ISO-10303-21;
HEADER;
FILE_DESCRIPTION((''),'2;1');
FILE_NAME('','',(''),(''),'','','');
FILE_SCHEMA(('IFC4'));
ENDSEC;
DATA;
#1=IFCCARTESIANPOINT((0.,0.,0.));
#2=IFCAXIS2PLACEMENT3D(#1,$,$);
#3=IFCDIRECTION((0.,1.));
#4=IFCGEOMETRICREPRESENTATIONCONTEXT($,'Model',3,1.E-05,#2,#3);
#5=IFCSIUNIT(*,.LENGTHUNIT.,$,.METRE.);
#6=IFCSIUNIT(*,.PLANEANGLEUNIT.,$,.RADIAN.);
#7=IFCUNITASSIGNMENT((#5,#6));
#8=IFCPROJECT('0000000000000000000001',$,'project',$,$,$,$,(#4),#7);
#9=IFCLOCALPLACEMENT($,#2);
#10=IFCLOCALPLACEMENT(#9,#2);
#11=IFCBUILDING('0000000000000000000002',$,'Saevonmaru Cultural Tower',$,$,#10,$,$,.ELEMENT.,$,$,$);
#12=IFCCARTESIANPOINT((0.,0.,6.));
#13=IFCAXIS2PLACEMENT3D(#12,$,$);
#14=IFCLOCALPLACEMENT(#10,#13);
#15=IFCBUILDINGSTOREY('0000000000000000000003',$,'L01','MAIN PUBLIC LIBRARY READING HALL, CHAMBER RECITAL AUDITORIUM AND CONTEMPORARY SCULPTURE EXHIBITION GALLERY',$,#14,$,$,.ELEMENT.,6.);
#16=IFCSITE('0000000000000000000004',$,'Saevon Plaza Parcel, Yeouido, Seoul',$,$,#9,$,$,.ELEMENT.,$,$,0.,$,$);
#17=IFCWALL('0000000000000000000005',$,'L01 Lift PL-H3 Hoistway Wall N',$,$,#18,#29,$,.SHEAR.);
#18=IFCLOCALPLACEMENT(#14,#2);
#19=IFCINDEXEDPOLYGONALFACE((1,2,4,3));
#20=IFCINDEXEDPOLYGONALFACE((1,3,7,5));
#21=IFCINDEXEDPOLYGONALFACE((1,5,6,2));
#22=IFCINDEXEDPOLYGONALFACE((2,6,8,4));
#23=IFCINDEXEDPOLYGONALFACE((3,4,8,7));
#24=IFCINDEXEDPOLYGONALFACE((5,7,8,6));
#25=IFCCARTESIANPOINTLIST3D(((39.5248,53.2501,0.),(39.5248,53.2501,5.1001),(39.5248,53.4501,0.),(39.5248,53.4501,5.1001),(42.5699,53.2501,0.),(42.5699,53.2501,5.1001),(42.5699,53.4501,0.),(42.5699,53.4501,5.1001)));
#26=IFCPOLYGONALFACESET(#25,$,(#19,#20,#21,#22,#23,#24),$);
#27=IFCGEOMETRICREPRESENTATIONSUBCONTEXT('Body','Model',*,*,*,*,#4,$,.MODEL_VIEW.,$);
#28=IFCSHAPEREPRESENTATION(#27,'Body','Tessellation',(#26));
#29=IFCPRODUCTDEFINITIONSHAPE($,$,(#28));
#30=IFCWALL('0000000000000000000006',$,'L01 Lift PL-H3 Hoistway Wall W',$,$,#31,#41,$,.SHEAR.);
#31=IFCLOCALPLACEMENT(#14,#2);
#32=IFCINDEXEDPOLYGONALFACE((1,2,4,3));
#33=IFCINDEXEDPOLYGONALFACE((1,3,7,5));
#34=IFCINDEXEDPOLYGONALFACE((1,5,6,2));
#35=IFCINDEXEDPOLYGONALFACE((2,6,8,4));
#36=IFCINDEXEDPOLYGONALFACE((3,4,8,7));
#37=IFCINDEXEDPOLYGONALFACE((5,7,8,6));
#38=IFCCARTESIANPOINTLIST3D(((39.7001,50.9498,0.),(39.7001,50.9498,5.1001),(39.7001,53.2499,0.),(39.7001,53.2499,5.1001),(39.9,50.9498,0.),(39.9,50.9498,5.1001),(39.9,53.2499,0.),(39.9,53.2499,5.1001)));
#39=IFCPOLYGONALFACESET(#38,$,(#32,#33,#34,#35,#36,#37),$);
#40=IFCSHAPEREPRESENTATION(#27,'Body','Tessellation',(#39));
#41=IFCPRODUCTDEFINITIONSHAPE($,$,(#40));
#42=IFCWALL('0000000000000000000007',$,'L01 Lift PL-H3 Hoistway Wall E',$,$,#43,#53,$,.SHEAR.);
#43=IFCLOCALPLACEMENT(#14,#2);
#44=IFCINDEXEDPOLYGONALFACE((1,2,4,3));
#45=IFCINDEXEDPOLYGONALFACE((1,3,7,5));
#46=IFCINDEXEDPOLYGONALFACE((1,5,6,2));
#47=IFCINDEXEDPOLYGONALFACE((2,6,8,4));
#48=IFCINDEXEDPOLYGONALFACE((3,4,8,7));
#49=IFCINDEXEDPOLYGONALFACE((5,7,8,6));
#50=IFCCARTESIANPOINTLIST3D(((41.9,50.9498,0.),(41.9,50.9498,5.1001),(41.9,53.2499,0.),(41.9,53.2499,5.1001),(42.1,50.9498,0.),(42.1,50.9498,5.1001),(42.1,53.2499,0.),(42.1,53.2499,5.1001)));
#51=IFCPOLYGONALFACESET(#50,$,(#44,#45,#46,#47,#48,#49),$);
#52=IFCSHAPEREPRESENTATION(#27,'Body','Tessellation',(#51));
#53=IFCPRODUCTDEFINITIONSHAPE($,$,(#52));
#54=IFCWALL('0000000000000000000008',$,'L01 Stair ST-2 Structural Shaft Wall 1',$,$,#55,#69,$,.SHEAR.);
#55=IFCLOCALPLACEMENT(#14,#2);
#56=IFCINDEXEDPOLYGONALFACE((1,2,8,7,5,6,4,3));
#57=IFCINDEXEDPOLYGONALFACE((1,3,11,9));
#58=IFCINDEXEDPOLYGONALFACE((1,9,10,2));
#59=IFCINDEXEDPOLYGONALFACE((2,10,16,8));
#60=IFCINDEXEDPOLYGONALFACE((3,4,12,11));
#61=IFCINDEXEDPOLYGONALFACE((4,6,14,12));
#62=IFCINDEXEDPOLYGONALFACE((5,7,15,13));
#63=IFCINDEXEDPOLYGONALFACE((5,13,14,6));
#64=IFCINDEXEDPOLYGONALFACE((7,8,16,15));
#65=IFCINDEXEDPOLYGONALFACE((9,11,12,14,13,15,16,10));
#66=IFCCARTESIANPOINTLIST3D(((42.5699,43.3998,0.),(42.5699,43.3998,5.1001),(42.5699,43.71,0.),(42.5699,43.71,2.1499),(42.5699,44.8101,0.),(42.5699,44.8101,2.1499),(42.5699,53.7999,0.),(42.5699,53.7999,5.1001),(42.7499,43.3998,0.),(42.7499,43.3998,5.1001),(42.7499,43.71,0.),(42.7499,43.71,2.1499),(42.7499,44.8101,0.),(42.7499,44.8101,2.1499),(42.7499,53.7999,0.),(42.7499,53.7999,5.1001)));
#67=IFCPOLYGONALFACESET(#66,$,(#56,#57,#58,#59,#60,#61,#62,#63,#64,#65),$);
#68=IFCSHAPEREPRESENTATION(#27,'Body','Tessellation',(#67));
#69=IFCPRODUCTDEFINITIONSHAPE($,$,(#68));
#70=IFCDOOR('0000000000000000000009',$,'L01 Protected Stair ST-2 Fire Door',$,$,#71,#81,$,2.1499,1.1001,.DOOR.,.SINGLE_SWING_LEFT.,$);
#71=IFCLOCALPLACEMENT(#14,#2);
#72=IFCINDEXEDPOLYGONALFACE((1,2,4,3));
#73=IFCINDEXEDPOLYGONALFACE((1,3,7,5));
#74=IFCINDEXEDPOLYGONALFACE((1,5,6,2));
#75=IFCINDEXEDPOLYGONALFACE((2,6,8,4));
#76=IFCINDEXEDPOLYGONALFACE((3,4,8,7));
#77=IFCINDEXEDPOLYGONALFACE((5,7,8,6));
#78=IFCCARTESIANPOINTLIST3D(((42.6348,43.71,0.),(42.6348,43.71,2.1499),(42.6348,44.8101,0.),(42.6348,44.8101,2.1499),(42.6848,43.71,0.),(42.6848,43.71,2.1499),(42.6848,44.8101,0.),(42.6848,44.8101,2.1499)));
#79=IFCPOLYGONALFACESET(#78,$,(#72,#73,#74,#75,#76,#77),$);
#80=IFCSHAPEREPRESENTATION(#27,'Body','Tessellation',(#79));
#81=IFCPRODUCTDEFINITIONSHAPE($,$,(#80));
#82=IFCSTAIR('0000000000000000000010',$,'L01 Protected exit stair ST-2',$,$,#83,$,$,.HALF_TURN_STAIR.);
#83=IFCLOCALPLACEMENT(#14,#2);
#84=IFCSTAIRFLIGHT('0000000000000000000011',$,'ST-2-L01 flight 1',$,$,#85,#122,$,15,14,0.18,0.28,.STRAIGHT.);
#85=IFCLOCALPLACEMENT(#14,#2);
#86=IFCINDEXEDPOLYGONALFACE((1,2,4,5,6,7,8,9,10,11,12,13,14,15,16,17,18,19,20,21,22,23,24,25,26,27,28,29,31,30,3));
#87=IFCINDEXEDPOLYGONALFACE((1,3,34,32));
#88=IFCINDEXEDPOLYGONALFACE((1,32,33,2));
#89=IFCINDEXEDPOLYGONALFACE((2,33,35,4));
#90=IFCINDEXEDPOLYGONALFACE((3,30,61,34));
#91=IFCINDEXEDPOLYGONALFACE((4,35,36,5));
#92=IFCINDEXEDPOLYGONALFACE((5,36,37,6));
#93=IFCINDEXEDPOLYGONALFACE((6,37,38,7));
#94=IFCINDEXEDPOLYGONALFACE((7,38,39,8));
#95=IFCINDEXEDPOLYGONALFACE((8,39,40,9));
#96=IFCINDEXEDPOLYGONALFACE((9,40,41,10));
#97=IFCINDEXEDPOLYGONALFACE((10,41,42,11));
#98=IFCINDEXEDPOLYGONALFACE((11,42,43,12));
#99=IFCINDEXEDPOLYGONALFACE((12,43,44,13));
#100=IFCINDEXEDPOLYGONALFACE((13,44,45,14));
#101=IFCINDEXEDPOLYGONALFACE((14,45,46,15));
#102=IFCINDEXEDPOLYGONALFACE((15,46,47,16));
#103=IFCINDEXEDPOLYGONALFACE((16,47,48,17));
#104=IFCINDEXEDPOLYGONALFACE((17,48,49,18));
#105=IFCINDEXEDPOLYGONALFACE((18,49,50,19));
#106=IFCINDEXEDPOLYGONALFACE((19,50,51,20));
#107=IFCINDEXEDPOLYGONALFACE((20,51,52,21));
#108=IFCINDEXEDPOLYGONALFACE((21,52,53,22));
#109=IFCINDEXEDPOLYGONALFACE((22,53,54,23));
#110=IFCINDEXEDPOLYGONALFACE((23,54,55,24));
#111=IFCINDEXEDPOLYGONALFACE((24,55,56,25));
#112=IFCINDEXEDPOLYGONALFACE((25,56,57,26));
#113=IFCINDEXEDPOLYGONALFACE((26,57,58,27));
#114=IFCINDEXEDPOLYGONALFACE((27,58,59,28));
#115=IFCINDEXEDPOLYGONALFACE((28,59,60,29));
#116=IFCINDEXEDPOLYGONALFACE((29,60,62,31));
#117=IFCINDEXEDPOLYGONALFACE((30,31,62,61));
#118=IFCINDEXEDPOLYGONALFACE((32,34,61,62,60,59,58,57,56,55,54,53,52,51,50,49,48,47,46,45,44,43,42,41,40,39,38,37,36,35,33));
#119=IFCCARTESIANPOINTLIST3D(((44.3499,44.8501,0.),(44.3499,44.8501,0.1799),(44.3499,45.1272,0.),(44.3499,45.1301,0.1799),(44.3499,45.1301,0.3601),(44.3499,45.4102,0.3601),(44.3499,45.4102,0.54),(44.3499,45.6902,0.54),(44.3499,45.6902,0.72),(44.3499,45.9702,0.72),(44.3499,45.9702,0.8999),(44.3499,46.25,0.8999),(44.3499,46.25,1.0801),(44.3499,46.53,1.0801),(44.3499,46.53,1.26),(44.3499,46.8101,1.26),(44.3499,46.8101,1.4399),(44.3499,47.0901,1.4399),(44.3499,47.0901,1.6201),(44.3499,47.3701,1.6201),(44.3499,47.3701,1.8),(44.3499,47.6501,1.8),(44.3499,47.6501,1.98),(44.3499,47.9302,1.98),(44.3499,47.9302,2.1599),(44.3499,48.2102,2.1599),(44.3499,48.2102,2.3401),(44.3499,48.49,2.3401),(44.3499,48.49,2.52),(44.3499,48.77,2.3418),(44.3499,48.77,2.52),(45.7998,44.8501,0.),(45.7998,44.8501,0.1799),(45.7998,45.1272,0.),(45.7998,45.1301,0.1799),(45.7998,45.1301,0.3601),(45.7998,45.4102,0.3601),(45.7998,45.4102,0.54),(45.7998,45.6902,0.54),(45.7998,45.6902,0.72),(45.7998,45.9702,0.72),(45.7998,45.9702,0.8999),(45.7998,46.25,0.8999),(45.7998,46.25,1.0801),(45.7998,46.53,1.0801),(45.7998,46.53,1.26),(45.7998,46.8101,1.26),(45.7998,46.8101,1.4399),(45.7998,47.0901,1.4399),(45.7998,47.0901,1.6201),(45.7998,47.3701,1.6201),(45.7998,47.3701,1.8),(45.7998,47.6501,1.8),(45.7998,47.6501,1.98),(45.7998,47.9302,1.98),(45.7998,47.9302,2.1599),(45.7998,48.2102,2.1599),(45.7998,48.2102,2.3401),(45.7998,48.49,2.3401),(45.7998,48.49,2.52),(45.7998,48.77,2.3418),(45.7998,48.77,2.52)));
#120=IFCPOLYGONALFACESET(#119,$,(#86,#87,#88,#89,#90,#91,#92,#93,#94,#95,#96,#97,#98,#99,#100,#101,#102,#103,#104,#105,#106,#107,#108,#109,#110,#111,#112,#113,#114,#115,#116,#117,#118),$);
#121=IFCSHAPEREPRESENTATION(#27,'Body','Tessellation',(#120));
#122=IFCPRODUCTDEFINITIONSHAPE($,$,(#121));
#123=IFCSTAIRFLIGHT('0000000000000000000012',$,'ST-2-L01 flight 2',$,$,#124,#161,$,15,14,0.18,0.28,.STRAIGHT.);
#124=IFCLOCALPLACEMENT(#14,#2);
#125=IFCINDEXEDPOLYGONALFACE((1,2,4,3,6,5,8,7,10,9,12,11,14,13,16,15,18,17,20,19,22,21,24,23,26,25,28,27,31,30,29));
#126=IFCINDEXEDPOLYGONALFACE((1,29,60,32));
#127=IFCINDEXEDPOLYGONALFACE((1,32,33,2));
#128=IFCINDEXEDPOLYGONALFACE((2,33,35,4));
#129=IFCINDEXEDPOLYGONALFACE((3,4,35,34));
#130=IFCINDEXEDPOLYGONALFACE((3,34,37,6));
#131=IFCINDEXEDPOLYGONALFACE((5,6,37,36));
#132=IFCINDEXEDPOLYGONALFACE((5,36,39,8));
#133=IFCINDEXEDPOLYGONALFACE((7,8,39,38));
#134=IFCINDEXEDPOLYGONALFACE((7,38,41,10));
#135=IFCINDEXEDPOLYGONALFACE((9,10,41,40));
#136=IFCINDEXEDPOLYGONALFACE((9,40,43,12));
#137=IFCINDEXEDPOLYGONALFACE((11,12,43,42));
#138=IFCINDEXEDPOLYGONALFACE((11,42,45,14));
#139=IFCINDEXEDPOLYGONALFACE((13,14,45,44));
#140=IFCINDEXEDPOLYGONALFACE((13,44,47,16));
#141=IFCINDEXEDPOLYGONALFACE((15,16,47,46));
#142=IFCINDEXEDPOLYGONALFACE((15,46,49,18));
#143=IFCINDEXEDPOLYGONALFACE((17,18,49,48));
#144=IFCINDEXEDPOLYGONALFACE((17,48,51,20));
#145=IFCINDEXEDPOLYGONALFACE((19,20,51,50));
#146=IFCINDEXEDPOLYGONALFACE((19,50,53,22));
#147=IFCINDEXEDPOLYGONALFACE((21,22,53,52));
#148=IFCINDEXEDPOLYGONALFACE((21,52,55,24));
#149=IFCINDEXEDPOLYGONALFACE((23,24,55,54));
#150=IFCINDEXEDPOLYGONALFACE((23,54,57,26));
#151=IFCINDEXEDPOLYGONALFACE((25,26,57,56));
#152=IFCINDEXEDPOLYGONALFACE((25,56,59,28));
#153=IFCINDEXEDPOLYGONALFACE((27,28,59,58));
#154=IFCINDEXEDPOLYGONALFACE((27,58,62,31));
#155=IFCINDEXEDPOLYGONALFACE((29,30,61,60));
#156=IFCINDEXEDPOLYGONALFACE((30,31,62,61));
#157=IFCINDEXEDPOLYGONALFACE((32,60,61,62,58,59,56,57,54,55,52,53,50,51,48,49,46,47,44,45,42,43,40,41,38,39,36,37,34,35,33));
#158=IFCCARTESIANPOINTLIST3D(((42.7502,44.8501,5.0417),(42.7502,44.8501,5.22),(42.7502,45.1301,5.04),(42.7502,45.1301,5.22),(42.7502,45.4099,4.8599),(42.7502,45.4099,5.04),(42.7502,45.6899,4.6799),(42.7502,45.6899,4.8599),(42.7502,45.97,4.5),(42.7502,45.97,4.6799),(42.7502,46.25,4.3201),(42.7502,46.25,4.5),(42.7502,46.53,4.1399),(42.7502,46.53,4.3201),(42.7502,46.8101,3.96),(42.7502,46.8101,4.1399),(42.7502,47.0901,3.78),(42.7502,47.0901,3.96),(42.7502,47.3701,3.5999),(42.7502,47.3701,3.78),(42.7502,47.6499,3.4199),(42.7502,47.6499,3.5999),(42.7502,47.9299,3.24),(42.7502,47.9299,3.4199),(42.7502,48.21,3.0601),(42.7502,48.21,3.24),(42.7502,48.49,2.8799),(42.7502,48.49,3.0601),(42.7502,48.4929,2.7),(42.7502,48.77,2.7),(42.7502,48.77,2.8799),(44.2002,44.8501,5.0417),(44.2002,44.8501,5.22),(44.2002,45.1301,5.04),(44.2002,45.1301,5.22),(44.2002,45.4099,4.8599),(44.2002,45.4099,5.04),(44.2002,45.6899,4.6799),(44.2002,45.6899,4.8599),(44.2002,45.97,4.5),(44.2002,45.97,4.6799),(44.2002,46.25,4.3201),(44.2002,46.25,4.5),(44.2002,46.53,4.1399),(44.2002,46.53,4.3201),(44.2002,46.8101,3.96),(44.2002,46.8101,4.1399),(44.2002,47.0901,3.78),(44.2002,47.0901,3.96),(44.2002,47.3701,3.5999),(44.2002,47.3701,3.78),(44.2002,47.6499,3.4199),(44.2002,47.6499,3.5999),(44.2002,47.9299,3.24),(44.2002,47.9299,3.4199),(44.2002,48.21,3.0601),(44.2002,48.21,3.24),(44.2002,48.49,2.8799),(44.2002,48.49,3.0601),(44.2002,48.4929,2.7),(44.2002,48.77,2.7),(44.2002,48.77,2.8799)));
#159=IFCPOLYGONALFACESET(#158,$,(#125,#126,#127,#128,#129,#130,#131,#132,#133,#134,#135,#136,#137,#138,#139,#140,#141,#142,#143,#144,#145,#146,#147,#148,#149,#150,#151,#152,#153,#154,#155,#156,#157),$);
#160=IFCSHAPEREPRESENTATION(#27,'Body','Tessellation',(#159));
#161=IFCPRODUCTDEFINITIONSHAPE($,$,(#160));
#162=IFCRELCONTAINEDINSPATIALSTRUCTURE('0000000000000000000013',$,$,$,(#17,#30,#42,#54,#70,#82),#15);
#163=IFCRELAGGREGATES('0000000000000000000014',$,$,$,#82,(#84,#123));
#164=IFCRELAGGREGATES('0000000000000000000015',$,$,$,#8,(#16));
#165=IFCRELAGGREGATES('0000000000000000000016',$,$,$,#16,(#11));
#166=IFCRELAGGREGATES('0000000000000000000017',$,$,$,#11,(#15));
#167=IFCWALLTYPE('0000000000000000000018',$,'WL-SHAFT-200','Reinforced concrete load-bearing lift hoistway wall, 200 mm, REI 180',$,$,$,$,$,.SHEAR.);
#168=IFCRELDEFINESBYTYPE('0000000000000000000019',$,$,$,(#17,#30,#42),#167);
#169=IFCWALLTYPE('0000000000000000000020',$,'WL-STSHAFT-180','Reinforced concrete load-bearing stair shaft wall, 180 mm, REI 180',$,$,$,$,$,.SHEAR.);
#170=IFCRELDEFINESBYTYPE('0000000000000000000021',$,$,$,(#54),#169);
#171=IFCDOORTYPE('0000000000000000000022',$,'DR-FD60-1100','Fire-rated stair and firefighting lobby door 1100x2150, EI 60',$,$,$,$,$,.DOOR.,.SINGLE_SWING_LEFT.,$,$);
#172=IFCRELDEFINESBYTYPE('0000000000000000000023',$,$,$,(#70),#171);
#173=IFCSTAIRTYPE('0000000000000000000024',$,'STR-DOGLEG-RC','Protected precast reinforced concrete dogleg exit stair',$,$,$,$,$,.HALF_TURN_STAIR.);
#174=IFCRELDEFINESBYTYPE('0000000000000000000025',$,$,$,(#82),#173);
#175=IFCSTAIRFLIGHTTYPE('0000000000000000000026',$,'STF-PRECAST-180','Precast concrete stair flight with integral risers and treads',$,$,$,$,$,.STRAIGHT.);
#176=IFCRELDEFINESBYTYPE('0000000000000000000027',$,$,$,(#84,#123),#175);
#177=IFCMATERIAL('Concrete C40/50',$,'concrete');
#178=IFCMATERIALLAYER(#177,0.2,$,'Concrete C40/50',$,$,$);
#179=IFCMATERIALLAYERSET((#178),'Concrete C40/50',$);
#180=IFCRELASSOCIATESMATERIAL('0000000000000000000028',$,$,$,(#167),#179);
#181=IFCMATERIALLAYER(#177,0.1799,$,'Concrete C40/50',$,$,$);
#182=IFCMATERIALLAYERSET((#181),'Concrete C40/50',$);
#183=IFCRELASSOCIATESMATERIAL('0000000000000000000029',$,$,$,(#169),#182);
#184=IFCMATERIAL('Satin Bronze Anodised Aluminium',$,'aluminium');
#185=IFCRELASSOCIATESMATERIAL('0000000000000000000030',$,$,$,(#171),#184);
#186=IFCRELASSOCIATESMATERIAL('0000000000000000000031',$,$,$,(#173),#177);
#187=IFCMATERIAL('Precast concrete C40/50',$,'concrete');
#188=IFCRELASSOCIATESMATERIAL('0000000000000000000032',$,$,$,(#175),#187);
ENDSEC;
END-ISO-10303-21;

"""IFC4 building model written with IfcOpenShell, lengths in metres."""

from ifc_helpers import new_model, si_unit, direction, frame, frame_2d, origin, place, context, subcontext, project, spatial, polyline, rectangle, outline, extrude, material, layer, layer_set, type_object, element, fill, aggregate, save


model = new_model("IFC4")

# Units and contexts
model_context = context("Model", 3, precision=1e-05, world=origin(), true_north=direction((0.0, 1.0)))
body_context = subcontext(model_context, "Body", "Model", "MODEL_VIEW")
ifc_project = project(units=[si_unit("LENGTHUNIT", "METRE"), si_unit("PLANEANGLEUNIT", "RADIAN")], contexts=[model_context])

# Site, building, storey
site_placement = place(None, origin())
site = spatial("IfcSite", under=ifc_project, at=site_placement, Name="Saevon Plaza Parcel, Yeouido, Seoul", CompositionType="ELEMENT", RefElevation=0.0)
building_placement = place(site_placement, origin())
building = spatial("IfcBuilding", under=site, at=building_placement, Name="Saevonmaru Cultural Tower", CompositionType="ELEMENT")
storey_placement = place(building_placement, frame((0.0, 0.0, 6.0)))
storey = spatial("IfcBuildingStorey", under=building, at=storey_placement, Name="L01", Description="MAIN PUBLIC LIBRARY READING HALL, CHAMBER RECITAL AUDITORIUM AND CONTEMPORARY SCULPTURE EXHIBITION GALLERY", CompositionType="ELEMENT", Elevation=6.0)

# Shared definitions
ifc_material_1 = material(Name="Satin Bronze Anodised Aluminium", Category="aluminium")

# Walls
ifc_material_2 = material(Name="Concrete C40/50", Category="concrete")
ifc_layer_1 = layer(ifc_material_2, 0.2, Name="Concrete C40/50")
ifc_layer_set_1 = layer_set([ifc_layer_1], Name="Concrete C40/50")
wall_type_1 = type_object("IfcWallType", Name="WL-SHAFT-200", Description="Reinforced concrete load-bearing lift hoistway wall, 200 mm, REI 180", PredefinedType="SHEAR", material=ifc_layer_set_1)
for number, where, z_axis, x_axis, name in (
    (1, (39.5249, 53.3501, 0.0), (0.0, 0.0, 1.0), (1.0, 0.0, 0.0), "L01 Lift PL-H3 Hoistway Wall N"),
):
    element("IfcWall", number, at=place(storey_placement, frame(where, z_axis=z_axis, x_axis=x_axis)), inside=storey, type_object=wall_type_1, Name=name, PredefinedType="SHEAR", context=body_context, shape_type="SweptSolid", body=[
        extrude(rectangle(XDim=3.0452, YDim=0.2, at=frame_2d((1.5225, 0.0))), origin(), (0.0, 0.0, 1.0), 5.1001),
    ])
for number, where, z_axis, x_axis, name in (
    (2, (39.8, 50.95, 0.0), (0.0, 0.0, 1.0), (0.0, 1.0, 0.0), "L01 Lift PL-H3 Hoistway Wall W"),
    (3, (42.0, 50.95, 0.0), (0.0, 0.0, 1.0), (0.0, 1.0, 0.0), "L01 Lift PL-H3 Hoistway Wall E"),
):
    element("IfcWall", number, at=place(storey_placement, frame(where, z_axis=z_axis, x_axis=x_axis)), inside=storey, type_object=wall_type_1, Name=name, PredefinedType="SHEAR", context=body_context, shape_type="SweptSolid", body=[
        extrude(rectangle(XDim=2.3, YDim=0.2, at=frame_2d((1.1499, 0.0))), origin(), (0.0, 0.0, 1.0), 5.1001),
    ])

# Wall, opening, door
ifc_layer_2 = layer(ifc_material_2, 0.1799, Name="Concrete C40/50")
ifc_layer_set_2 = layer_set([ifc_layer_2], Name="Concrete C40/50")
wall_type_2 = type_object("IfcWallType", Name="WL-STSHAFT-180", Description="Reinforced concrete load-bearing stair shaft wall, 180 mm, REI 180", PredefinedType="SHEAR", material=ifc_layer_set_2)
wall_1_placement = place(storey_placement, frame((42.6599, 53.8, 0.0), z_axis=(0.0, 0.0, 1.0), x_axis=(0.0, -1.0, 0.0)))
wall_1 = element("IfcWall", 4, at=wall_1_placement, inside=storey, type_object=wall_type_2, Name="L01 Stair ST-2 Structural Shaft Wall 1", PredefinedType="SHEAR", context=body_context, shape_type="SweptSolid", body=[
    extrude(rectangle(XDim=10.4001, YDim=0.1799, at=frame_2d((5.2002, 0.0))), origin(), (0.0, 0.0, 1.0), 5.1001),
])
opening_1_placement = place(wall_1_placement, frame((8.99, 0.0, 0.0)))
opening_1 = element("IfcOpeningElement", 5, at=opening_1_placement, cuts=wall_1, PredefinedType="OPENING", context=body_context, shape_type="SweptSolid", body=[
    extrude(rectangle(XDim=1.1001, YDim=2.1499, at=frame_2d((0.55, 1.075))), frame((0.0, 0.1001, 0.0), z_axis=(0.0, -1.0, 0.0), x_axis=(1.0, 0.0, 0.0)), (0.0, 0.0, 1.0), 0.2),
])
door_type_1 = type_object("IfcDoorType", Name="DR-FD60-1100", Description="Fire-rated stair and firefighting lobby door 1100x2150, EI 60", OperationType="SINGLE_SWING_LEFT", PredefinedType="DOOR", material=ifc_material_1)
door_1_placement = place(opening_1_placement, origin())
door_1 = element("IfcDoor", 6, at=door_1_placement, inside=storey, type_object=door_type_1, Name="L01 Protected Stair ST-2 Fire Door", OperationType="SINGLE_SWING_LEFT", OverallHeight=2.1499, OverallWidth=1.1001, PredefinedType="DOOR", context=body_context, shape_type="SweptSolid", body=[
    extrude(rectangle(XDim=1.1001, YDim=2.1499, at=frame_2d((0.55, 1.075))), frame((0.0, 0.0249, 0.0), z_axis=(0.0, -1.0, 0.0), x_axis=(1.0, 0.0, 0.0)), (0.0, 0.0, 1.0), 0.05),
])
fill(opening_1, door_1)

# Stair, stair flights
stair_type = type_object("IfcStairType", Name="STR-DOGLEG-RC", Description="Protected precast reinforced concrete dogleg exit stair", PredefinedType="HALF_TURN_STAIR", material=ifc_material_2)
stair_placement = place(storey_placement, origin())
stair = element("IfcStair", 7, at=stair_placement, inside=storey, type_object=stair_type, Name="L01 Protected exit stair ST-2", PredefinedType="HALF_TURN_STAIR")
ifc_material_3 = material(Name="Precast concrete C40/50", Category="concrete")
stair_flight_type = type_object("IfcStairFlightType", Name="STF-PRECAST-180", Description="Precast concrete stair flight with integral risers and treads", PredefinedType="STRAIGHT", material=ifc_material_3)
stair_flight_1_placement = place(storey_placement, frame((45.075, 44.8501, 0.0), z_axis=(0.0, 0.0, 1.0), x_axis=(0.0, 1.0, 0.0)))
stair_flight_1 = element("IfcStairFlight", 8, at=stair_flight_1_placement, type_object=stair_flight_type, Name="ST-2-L01 flight 1", NumberOfRisers=15, NumberOfTreads=14, PredefinedType="STRAIGHT", RiserHeight=0.18, TreadLength=0.28, context=body_context, shape_type="SweptSolid", body=[
    extrude(outline(polyline([(0.0, 0.0), (0.0, 0.1799), (0.28, 0.1799), (0.28, 0.3601), (0.5601, 0.3601), (0.5601, 0.54), (0.8401, 0.54), (0.8401, 0.72), (1.1201, 0.72), (1.1201, 0.8999), (1.3999, 0.8999), (1.3999, 1.0801), (1.6799, 1.0801), (1.6799, 1.26), (1.96, 1.26), (1.96, 1.4399), (2.24, 1.4399), (2.24, 1.6201), (2.52, 1.6201), (2.52, 1.8), (2.8, 1.8), (2.8, 1.98), (3.0801, 1.98), (3.0801, 2.1599), (3.3601, 2.1599), (3.3601, 2.3401), (3.6399, 2.3401), (3.6399, 2.52), (3.9199, 2.52), (3.9199, 2.7), (3.9199, 2.3418), (0.2771, 0.0), (0.0, 0.0)])), frame((0.0, 0.7251, 0.0), z_axis=(0.0, -1.0, 0.0), x_axis=(1.0, 0.0, 0.0)), (0.0, 0.0, 1.0), 1.45),
])
stair_flight_2_placement = place(storey_placement, frame((43.4751, 48.77, 2.7), z_axis=(0.0, 0.0, 1.0), x_axis=(0.0, -1.0, 0.0)))
stair_flight_2 = element("IfcStairFlight", 9, at=stair_flight_2_placement, type_object=stair_flight_type, Name="ST-2-L01 flight 2", NumberOfRisers=15, NumberOfTreads=14, PredefinedType="STRAIGHT", RiserHeight=0.18, TreadLength=0.28, context=body_context, shape_type="SweptSolid", body=[
    extrude(outline(polyline([(0.0, 0.0), (0.0, 0.1799), (0.28, 0.1799), (0.28, 0.3601), (0.5601, 0.3601), (0.5601, 0.54), (0.8401, 0.54), (0.8401, 0.72), (1.1201, 0.72), (1.1201, 0.8999), (1.3999, 0.8999), (1.3999, 1.0801), (1.6799, 1.0801), (1.6799, 1.26), (1.96, 1.26), (1.96, 1.4399), (2.24, 1.4399), (2.24, 1.6201), (2.52, 1.6201), (2.52, 1.8), (2.8, 1.8), (2.8, 1.98), (3.0801, 1.98), (3.0801, 2.1599), (3.3601, 2.1599), (3.3601, 2.3401), (3.6399, 2.3401), (3.6399, 2.52), (3.9199, 2.52), (3.9199, 2.7), (3.9199, 2.3418), (0.2771, 0.0), (0.0, 0.0)])), frame((0.0, 0.7251, 0.0), z_axis=(0.0, -1.0, 0.0), x_axis=(1.0, 0.0, 0.0)), (0.0, 0.0, 1.0), 1.45),
])
aggregate(stair, [stair_flight_1, stair_flight_2])

save(model, "model.ifc")
